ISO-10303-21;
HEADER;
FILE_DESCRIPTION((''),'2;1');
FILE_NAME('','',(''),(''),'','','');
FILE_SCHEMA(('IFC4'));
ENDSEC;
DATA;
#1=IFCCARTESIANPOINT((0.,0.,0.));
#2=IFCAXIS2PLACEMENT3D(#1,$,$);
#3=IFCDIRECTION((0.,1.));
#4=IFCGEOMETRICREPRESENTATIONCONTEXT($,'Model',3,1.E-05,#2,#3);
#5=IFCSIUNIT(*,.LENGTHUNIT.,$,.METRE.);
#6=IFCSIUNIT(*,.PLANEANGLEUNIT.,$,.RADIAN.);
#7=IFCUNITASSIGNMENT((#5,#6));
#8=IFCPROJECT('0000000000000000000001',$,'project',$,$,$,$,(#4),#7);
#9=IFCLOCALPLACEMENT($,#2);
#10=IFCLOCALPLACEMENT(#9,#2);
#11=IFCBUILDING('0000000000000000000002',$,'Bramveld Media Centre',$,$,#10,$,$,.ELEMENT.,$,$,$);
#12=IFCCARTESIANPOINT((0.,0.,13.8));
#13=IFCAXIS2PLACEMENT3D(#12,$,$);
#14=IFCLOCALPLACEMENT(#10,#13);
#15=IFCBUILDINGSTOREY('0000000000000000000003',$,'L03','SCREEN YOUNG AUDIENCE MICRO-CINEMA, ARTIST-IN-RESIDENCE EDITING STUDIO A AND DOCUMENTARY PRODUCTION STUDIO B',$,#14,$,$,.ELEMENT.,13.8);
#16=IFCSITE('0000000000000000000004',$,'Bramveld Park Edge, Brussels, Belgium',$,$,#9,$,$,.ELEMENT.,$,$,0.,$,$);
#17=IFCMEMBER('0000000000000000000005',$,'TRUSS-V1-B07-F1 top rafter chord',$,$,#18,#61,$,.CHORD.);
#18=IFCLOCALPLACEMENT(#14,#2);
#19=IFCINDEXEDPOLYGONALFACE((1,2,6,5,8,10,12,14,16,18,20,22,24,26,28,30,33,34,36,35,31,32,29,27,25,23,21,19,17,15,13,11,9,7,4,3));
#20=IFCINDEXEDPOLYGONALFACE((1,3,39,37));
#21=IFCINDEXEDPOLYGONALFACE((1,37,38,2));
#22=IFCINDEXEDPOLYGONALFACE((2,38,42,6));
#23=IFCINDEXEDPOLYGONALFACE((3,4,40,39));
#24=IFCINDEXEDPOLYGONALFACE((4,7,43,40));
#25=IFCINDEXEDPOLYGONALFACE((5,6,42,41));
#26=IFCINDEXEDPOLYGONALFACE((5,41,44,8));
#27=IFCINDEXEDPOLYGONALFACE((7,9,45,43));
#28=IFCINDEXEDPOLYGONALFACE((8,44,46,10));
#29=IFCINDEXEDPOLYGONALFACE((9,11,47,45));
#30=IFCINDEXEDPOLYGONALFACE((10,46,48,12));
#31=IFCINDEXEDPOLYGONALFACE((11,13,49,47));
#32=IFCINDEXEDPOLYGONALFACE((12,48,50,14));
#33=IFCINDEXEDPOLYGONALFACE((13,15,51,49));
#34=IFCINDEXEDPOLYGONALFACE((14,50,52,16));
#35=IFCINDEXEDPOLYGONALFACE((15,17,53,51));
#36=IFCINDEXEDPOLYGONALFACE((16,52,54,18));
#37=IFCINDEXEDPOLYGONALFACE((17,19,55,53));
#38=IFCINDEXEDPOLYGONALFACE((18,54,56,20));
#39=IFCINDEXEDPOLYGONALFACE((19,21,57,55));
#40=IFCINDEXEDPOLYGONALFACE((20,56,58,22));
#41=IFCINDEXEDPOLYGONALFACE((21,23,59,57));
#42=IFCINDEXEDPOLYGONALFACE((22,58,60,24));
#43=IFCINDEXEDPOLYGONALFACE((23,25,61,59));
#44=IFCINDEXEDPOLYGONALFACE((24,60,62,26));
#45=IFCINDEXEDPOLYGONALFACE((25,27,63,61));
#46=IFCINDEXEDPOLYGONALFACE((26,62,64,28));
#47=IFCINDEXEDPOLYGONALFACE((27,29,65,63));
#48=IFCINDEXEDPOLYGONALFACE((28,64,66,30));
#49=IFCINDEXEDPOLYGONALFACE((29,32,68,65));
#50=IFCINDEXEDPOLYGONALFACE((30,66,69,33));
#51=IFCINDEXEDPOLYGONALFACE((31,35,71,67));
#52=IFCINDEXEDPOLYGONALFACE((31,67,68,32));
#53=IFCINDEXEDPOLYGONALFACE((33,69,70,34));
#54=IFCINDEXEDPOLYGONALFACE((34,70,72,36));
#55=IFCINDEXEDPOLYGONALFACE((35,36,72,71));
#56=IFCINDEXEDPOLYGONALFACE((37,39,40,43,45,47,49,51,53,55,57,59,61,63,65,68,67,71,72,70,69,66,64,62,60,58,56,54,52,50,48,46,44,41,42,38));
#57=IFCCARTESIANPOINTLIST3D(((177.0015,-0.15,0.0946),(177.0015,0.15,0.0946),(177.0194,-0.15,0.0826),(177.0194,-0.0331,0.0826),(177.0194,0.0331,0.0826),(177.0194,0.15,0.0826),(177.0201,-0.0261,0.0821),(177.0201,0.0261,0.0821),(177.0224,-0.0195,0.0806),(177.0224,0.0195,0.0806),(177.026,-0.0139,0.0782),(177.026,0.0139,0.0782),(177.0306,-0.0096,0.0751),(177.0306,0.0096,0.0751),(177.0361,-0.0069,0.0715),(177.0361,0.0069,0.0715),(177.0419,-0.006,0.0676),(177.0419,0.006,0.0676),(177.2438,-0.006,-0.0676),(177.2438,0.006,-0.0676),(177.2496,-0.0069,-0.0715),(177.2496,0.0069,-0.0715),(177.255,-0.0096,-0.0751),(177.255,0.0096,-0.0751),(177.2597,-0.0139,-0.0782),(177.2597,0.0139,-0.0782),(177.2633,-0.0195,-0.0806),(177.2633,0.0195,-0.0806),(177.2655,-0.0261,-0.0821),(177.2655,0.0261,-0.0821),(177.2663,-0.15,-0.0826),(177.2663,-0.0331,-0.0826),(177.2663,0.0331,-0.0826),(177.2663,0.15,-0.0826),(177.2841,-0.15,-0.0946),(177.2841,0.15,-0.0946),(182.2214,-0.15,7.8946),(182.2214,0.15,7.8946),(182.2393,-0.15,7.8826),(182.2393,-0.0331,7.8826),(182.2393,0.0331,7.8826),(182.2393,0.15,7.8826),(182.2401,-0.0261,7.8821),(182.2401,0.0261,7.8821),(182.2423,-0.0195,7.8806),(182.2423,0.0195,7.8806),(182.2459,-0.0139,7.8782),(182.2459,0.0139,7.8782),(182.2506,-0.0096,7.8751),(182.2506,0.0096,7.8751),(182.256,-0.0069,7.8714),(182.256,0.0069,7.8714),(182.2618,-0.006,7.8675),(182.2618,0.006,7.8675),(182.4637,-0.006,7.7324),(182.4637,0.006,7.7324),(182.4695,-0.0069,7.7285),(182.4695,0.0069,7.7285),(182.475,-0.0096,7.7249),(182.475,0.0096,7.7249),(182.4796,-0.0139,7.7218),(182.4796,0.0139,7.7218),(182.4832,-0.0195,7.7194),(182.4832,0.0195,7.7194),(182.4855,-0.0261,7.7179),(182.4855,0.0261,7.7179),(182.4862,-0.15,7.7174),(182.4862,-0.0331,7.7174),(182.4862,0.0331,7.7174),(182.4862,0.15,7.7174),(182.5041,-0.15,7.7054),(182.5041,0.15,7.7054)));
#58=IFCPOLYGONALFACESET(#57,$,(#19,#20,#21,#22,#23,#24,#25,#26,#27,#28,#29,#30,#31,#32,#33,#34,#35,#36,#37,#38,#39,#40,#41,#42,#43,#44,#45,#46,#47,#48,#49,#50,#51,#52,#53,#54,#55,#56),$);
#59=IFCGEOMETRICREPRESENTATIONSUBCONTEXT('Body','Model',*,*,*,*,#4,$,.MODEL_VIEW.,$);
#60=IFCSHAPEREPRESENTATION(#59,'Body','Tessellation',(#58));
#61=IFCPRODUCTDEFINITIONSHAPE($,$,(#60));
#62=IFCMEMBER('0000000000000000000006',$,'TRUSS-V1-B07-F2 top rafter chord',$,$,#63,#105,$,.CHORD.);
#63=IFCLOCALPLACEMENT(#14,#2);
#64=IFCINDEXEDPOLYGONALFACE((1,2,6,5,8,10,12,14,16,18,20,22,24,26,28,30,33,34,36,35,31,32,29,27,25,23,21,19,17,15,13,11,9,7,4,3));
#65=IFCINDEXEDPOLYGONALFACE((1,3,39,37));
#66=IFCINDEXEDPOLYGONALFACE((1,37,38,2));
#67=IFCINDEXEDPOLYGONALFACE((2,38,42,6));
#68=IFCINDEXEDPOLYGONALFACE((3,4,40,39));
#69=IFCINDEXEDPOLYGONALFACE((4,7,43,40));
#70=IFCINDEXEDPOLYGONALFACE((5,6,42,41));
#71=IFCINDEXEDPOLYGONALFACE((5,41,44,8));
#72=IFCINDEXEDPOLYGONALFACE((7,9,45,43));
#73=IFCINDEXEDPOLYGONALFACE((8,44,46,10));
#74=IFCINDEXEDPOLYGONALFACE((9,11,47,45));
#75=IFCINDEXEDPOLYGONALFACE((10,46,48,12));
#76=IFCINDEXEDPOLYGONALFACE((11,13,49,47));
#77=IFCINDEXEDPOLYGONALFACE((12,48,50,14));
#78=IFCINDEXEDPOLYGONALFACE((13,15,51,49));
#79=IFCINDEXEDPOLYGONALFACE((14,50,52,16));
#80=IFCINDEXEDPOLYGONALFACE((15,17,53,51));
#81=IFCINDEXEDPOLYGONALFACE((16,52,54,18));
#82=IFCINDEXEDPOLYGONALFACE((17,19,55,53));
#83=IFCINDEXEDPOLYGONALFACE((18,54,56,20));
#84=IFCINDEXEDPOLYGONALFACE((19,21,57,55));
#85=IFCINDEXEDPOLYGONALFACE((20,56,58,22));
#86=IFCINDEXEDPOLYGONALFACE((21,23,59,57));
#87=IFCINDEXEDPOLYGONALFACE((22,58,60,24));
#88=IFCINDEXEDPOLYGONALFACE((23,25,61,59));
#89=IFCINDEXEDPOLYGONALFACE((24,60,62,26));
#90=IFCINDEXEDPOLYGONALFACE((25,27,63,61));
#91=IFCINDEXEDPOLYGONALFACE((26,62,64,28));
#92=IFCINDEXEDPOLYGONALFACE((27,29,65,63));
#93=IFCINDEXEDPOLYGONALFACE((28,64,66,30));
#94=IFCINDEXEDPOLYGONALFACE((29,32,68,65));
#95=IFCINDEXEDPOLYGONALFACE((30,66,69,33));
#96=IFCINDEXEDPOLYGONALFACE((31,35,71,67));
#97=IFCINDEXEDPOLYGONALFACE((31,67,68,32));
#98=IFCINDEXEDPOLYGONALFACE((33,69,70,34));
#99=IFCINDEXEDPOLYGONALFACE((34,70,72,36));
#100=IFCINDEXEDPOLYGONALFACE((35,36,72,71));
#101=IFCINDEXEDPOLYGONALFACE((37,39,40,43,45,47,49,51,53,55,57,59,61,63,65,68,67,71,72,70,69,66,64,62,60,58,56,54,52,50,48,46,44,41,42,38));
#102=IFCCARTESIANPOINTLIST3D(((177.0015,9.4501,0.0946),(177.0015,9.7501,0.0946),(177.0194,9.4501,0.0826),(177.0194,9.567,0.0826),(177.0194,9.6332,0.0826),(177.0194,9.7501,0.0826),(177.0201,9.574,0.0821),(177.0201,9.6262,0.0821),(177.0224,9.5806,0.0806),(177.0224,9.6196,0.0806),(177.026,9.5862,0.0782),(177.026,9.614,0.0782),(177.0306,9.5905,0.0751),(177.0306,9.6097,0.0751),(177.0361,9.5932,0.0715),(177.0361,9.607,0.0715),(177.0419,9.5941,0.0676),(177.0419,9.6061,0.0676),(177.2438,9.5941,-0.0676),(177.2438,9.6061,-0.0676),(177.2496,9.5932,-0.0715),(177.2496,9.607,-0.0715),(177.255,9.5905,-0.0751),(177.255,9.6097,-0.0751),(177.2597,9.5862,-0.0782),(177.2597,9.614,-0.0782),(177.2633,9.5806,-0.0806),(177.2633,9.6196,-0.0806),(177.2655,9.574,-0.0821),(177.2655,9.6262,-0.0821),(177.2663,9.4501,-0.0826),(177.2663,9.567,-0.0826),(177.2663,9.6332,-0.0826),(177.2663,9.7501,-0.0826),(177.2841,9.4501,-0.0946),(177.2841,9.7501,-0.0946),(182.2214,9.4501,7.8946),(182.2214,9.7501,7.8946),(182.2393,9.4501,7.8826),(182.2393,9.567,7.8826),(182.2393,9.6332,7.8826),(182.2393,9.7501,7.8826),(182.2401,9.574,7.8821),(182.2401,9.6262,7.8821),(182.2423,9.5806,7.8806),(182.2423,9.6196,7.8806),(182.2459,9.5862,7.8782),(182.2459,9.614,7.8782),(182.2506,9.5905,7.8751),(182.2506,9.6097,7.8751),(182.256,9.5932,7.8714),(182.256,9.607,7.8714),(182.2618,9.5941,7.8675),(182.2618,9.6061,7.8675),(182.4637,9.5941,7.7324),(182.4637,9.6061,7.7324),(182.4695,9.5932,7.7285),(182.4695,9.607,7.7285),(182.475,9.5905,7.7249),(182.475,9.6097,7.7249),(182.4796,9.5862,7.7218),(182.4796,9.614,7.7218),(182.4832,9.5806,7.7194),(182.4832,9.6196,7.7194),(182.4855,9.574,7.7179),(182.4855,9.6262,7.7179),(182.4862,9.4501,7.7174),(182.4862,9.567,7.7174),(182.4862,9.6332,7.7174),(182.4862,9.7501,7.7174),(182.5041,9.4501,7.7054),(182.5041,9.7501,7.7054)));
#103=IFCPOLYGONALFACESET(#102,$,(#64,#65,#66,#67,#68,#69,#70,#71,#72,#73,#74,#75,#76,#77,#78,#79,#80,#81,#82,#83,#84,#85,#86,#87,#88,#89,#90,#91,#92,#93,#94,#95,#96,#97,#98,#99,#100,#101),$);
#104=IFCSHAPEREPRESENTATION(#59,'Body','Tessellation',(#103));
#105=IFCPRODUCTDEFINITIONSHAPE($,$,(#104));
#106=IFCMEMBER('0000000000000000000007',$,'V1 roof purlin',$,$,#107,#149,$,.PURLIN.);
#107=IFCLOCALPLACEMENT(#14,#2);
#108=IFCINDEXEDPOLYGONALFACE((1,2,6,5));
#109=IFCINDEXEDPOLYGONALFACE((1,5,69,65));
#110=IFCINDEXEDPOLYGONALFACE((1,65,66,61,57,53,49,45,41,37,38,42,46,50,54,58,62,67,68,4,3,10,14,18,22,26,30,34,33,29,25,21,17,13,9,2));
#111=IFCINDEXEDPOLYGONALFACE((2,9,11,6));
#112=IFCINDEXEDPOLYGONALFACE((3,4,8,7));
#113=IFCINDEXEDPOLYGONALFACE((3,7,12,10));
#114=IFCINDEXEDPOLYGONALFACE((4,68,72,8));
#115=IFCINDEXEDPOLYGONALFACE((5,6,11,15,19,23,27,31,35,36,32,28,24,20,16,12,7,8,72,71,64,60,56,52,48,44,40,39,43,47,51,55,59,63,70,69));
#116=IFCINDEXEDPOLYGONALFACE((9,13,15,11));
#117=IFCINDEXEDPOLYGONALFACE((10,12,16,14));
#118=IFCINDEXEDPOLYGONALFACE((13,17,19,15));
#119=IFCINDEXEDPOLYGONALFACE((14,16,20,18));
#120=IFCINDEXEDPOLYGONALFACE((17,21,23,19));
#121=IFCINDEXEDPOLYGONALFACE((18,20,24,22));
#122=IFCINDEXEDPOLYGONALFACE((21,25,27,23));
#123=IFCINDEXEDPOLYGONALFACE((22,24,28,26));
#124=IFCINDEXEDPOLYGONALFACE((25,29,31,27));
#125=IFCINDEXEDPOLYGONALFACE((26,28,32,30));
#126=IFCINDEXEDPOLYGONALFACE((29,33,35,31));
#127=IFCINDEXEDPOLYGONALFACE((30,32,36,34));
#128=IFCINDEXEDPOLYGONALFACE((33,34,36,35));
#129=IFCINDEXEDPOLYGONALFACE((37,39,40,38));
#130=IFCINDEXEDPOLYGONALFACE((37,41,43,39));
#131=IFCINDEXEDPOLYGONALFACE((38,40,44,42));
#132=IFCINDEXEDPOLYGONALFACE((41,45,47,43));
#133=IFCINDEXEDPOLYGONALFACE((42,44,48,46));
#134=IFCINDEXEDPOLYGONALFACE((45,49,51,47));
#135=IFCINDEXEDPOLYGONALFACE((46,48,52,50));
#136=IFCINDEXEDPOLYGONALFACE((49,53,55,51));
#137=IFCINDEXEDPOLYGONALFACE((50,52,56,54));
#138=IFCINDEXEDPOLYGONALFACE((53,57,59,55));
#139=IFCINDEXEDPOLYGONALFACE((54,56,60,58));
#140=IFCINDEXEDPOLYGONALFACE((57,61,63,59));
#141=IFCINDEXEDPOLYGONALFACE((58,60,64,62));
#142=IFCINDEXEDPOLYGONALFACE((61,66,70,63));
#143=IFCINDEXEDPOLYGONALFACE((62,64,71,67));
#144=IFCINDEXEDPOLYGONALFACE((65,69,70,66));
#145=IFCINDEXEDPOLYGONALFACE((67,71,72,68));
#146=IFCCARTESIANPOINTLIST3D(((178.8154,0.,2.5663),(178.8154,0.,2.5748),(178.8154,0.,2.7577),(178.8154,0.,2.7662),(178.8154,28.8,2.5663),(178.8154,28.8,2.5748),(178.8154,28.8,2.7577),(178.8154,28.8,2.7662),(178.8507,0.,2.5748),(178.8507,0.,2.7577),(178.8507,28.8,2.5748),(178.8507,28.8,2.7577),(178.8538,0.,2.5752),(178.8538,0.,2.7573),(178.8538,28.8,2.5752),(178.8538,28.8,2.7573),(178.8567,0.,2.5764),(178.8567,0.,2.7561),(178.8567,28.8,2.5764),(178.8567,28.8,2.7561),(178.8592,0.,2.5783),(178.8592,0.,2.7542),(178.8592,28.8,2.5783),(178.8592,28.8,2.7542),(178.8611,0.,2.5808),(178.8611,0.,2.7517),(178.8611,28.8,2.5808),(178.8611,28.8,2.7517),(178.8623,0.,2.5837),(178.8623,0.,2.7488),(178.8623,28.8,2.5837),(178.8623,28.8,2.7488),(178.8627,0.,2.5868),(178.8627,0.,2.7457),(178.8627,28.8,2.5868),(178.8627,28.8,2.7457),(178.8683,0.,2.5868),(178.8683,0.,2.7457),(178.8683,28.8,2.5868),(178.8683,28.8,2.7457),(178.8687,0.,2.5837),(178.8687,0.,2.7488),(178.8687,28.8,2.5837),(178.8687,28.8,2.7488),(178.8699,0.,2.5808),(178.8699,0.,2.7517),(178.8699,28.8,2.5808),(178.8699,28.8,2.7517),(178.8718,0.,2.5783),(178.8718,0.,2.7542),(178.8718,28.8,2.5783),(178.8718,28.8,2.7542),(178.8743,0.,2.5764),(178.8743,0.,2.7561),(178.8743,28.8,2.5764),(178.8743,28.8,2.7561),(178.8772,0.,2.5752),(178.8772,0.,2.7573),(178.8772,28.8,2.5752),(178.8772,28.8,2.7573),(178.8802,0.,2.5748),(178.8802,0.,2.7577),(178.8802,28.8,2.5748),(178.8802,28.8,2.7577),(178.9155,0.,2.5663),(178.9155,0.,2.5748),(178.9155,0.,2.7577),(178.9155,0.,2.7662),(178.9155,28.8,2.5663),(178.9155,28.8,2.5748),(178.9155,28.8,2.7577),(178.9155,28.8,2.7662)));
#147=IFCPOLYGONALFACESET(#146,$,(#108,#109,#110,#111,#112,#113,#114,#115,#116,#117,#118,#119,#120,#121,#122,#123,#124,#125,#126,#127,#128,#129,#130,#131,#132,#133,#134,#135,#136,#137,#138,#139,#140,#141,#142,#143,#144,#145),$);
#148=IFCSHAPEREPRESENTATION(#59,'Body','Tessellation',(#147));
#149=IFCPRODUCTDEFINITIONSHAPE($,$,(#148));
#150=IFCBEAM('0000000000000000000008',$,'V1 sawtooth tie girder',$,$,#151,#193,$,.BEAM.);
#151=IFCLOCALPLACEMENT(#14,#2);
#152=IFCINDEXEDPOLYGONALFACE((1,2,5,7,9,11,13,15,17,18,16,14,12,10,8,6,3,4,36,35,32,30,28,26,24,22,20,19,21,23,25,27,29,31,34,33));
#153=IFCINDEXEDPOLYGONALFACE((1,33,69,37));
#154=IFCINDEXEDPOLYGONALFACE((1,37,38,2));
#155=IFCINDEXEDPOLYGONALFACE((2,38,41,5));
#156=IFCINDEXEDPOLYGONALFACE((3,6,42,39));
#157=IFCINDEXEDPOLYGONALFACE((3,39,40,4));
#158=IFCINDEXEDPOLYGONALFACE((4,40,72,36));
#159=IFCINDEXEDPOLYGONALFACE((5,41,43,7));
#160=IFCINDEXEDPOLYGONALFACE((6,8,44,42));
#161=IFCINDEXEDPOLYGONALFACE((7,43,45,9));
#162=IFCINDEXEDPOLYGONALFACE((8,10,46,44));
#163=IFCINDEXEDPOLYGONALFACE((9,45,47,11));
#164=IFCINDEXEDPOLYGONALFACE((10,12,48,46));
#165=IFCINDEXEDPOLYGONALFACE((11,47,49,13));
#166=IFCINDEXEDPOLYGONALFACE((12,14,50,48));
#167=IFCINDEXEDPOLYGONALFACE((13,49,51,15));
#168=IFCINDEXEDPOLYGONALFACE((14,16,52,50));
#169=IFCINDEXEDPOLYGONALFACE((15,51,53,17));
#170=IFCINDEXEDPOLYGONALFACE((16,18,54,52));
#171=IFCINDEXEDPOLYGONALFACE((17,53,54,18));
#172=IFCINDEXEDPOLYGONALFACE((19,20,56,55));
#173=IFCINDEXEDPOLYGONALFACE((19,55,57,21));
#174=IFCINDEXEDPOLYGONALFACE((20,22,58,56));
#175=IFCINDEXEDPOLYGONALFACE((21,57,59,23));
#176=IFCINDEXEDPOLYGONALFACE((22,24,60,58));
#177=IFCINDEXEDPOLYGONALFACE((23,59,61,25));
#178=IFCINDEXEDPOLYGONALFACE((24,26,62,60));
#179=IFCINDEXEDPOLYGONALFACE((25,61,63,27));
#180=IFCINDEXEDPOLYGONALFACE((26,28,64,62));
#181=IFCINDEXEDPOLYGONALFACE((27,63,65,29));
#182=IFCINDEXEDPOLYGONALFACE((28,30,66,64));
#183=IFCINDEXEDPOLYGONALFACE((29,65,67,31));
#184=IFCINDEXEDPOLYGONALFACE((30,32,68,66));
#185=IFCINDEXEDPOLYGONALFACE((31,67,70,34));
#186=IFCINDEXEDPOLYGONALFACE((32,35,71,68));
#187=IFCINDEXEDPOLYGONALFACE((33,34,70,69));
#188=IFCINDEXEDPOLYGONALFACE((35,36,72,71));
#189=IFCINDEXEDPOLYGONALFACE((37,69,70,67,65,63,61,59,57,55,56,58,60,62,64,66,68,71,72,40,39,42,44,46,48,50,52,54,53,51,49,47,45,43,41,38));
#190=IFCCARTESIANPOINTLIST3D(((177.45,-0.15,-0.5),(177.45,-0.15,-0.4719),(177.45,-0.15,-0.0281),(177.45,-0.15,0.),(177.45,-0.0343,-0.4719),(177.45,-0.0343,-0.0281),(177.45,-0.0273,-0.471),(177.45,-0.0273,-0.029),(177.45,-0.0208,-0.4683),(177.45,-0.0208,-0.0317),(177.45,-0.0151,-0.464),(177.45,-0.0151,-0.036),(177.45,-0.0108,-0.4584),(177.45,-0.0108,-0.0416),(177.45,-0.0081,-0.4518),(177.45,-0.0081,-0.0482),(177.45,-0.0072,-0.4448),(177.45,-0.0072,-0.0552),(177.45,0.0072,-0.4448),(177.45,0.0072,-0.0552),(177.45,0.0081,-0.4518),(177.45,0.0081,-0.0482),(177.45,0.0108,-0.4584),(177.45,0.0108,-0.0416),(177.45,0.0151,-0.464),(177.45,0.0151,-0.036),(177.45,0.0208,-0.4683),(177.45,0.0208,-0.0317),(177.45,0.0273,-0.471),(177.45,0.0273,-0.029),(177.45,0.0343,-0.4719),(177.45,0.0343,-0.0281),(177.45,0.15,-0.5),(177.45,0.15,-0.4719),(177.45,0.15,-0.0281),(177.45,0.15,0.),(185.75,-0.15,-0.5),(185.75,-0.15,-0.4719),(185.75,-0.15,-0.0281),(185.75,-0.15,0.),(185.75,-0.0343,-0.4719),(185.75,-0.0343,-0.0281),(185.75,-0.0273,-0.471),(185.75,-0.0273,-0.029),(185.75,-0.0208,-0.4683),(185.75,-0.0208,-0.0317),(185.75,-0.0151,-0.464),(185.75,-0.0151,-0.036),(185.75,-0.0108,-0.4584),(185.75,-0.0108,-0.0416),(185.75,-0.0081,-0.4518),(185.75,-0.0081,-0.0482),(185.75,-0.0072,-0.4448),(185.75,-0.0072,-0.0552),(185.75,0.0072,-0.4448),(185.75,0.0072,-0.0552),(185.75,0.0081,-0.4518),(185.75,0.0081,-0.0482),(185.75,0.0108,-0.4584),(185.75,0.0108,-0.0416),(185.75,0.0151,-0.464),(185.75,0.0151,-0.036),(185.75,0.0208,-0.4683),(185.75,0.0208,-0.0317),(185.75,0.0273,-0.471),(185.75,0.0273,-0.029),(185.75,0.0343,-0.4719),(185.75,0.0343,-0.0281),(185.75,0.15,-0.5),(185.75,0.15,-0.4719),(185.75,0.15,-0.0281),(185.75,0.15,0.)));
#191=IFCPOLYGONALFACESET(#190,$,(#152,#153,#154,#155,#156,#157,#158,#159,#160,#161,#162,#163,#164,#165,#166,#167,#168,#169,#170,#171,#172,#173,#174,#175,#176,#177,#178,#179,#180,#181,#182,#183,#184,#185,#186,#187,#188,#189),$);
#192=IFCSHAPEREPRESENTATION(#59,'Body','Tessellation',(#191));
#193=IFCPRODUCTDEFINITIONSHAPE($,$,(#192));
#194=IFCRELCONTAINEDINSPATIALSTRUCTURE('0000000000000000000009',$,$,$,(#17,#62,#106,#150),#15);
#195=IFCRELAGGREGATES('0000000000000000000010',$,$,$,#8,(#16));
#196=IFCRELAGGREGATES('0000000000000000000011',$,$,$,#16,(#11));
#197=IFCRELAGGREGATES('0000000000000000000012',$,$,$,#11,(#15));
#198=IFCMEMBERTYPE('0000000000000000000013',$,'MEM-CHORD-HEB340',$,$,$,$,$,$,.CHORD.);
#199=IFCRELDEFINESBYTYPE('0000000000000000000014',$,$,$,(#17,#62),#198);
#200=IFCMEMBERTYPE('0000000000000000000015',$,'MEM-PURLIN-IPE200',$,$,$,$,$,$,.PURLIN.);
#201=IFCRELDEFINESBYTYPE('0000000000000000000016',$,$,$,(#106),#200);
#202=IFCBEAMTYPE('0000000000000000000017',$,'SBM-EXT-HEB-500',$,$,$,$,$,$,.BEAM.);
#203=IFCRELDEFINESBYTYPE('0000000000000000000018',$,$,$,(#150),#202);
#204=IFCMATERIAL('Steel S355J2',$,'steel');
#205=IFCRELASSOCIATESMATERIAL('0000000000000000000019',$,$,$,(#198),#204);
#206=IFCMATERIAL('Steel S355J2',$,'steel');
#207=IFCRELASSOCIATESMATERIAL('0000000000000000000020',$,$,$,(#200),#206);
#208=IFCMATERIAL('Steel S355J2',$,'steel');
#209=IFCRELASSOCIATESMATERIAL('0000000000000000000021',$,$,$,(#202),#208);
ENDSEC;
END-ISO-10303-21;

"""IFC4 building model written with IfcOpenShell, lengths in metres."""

from ifc_helpers import new_model, si_unit, direction, frame, origin, origin_2d, place, context, subcontext, project, spatial, i_section, extrude, material, material_profile, profile_set, type_object, element, save


model = new_model("IFC4")

# Units and contexts
model_context = context("Model", 3, precision=1e-05, world=origin(), true_north=direction((0.0, 1.0)))
body_context = subcontext(model_context, "Body", "Model", "MODEL_VIEW")
ifc_project = project(units=[si_unit("LENGTHUNIT", "METRE"), si_unit("PLANEANGLEUNIT", "RADIAN")], contexts=[model_context])

# Site, building, storey
site_placement = place(None, origin())
site = spatial("IfcSite", under=ifc_project, at=site_placement, Name="Bramveld Park Edge, Brussels, Belgium", CompositionType="ELEMENT", RefElevation=0.0)
building_placement = place(site_placement, origin())
building = spatial("IfcBuilding", under=site, at=building_placement, Name="Bramveld Media Centre", CompositionType="ELEMENT")
storey_placement = place(building_placement, frame((0.0, 0.0, 13.8)))
storey = spatial("IfcBuildingStorey", under=building, at=storey_placement, Name="L03", Description="SCREEN YOUNG AUDIENCE MICRO-CINEMA, ARTIST-IN-RESIDENCE EDITING STUDIO A AND DOCUMENTARY PRODUCTION STUDIO B", CompositionType="ELEMENT", Elevation=13.8)

# Members
ifc_material_1 = material(Name="Steel S355J2", Category="steel")
ifc_material_profile_1 = material_profile(ifc_material_1, i_section(OverallWidth=0.3, OverallDepth=0.3401, WebThickness=0.012, FlangeThickness=0.0215, FilletRadius=0.0271, at=origin_2d()), Name="HEB 340")
ifc_profile_set_1 = profile_set([ifc_material_profile_1], Name="Steel S355J2")
member_type_1 = type_object("IfcMemberType", Name="MEM-CHORD-HEB340", PredefinedType="CHORD", material=ifc_profile_set_1)
for number, where, z_axis, x_axis, name in (
    (1, (177.1428, 0.0, 0.0), (0.55617, 0.0, 0.831069), (0.0, 1.0, 0.0), "TRUSS-V1-B07-F1 top rafter chord"),
    (2, (177.1428, 9.6001, 0.0), (0.55617, 0.0, 0.831069), (0.0, 1.0, 0.0), "TRUSS-V1-B07-F2 top rafter chord"),
):
    element("IfcMember", number, at=place(storey_placement, frame(where, z_axis=z_axis, x_axis=x_axis)), inside=storey, type_object=member_type_1, Name=name, PredefinedType="CHORD", context=body_context, shape_type="SweptSolid", body=[
        extrude(i_section(OverallWidth=0.3, OverallDepth=0.3401, WebThickness=0.012, FlangeThickness=0.0215, FilletRadius=0.0271, at=origin_2d()), origin(), (0.0, 0.0, 1.0), 9.3855),
    ])
ifc_material_2 = material(Name="Steel S355J2", Category="steel")
ifc_material_profile_2 = material_profile(ifc_material_2, i_section(OverallWidth=0.1001, OverallDepth=0.2, WebThickness=0.0056, FlangeThickness=0.0085, FilletRadius=0.012, at=origin_2d()), Name="IPE 200")
ifc_profile_set_2 = profile_set([ifc_material_profile_2], Name="Steel S355J2")
member_type_2 = type_object("IfcMemberType", Name="MEM-PURLIN-IPE200", PredefinedType="PURLIN", material=ifc_profile_set_2)
member_1_placement = place(storey_placement, frame((178.8655, 0.0, 2.6663), z_axis=(0.0, 1.0, 0.0), x_axis=(-1.0, 0.0, 0.0)))
element("IfcMember", 3, at=member_1_placement, inside=storey, type_object=member_type_2, Name="V1 roof purlin", PredefinedType="PURLIN", context=body_context, shape_type="SweptSolid", body=[
    extrude(i_section(OverallWidth=0.1001, OverallDepth=0.2, WebThickness=0.0056, FlangeThickness=0.0085, FilletRadius=0.012, at=origin_2d()), origin(), (0.0, 0.0, 1.0), 28.8),
])

# Beam
ifc_material_3 = material(Name="Steel S355J2", Category="steel")
ifc_material_profile_3 = material_profile(ifc_material_3, i_section(OverallWidth=0.3, OverallDepth=0.5, WebThickness=0.0144, FlangeThickness=0.0281, FilletRadius=0.0271, at=origin_2d()), Name="HEB 500")
ifc_profile_set_3 = profile_set([ifc_material_profile_3], Name="Steel S355J2")
beam_type_1 = type_object("IfcBeamType", Name="SBM-EXT-HEB-500", PredefinedType="BEAM", material=ifc_profile_set_3)
beam_1_placement = place(storey_placement, frame((177.45, 0.0, -0.25), z_axis=(1.0, 0.0, 0.0), x_axis=(0.0, 1.0, 0.0)))
element("IfcBeam", 4, at=beam_1_placement, inside=storey, type_object=beam_type_1, Name="V1 sawtooth tie girder", PredefinedType="BEAM", context=body_context, shape_type="SweptSolid", body=[
    extrude(i_section(OverallWidth=0.3, OverallDepth=0.5, WebThickness=0.0144, FlangeThickness=0.0281, FilletRadius=0.0271, at=origin_2d()), origin(), (0.0, 0.0, 1.0), 8.3),
])

save(model, "model.ifc")
